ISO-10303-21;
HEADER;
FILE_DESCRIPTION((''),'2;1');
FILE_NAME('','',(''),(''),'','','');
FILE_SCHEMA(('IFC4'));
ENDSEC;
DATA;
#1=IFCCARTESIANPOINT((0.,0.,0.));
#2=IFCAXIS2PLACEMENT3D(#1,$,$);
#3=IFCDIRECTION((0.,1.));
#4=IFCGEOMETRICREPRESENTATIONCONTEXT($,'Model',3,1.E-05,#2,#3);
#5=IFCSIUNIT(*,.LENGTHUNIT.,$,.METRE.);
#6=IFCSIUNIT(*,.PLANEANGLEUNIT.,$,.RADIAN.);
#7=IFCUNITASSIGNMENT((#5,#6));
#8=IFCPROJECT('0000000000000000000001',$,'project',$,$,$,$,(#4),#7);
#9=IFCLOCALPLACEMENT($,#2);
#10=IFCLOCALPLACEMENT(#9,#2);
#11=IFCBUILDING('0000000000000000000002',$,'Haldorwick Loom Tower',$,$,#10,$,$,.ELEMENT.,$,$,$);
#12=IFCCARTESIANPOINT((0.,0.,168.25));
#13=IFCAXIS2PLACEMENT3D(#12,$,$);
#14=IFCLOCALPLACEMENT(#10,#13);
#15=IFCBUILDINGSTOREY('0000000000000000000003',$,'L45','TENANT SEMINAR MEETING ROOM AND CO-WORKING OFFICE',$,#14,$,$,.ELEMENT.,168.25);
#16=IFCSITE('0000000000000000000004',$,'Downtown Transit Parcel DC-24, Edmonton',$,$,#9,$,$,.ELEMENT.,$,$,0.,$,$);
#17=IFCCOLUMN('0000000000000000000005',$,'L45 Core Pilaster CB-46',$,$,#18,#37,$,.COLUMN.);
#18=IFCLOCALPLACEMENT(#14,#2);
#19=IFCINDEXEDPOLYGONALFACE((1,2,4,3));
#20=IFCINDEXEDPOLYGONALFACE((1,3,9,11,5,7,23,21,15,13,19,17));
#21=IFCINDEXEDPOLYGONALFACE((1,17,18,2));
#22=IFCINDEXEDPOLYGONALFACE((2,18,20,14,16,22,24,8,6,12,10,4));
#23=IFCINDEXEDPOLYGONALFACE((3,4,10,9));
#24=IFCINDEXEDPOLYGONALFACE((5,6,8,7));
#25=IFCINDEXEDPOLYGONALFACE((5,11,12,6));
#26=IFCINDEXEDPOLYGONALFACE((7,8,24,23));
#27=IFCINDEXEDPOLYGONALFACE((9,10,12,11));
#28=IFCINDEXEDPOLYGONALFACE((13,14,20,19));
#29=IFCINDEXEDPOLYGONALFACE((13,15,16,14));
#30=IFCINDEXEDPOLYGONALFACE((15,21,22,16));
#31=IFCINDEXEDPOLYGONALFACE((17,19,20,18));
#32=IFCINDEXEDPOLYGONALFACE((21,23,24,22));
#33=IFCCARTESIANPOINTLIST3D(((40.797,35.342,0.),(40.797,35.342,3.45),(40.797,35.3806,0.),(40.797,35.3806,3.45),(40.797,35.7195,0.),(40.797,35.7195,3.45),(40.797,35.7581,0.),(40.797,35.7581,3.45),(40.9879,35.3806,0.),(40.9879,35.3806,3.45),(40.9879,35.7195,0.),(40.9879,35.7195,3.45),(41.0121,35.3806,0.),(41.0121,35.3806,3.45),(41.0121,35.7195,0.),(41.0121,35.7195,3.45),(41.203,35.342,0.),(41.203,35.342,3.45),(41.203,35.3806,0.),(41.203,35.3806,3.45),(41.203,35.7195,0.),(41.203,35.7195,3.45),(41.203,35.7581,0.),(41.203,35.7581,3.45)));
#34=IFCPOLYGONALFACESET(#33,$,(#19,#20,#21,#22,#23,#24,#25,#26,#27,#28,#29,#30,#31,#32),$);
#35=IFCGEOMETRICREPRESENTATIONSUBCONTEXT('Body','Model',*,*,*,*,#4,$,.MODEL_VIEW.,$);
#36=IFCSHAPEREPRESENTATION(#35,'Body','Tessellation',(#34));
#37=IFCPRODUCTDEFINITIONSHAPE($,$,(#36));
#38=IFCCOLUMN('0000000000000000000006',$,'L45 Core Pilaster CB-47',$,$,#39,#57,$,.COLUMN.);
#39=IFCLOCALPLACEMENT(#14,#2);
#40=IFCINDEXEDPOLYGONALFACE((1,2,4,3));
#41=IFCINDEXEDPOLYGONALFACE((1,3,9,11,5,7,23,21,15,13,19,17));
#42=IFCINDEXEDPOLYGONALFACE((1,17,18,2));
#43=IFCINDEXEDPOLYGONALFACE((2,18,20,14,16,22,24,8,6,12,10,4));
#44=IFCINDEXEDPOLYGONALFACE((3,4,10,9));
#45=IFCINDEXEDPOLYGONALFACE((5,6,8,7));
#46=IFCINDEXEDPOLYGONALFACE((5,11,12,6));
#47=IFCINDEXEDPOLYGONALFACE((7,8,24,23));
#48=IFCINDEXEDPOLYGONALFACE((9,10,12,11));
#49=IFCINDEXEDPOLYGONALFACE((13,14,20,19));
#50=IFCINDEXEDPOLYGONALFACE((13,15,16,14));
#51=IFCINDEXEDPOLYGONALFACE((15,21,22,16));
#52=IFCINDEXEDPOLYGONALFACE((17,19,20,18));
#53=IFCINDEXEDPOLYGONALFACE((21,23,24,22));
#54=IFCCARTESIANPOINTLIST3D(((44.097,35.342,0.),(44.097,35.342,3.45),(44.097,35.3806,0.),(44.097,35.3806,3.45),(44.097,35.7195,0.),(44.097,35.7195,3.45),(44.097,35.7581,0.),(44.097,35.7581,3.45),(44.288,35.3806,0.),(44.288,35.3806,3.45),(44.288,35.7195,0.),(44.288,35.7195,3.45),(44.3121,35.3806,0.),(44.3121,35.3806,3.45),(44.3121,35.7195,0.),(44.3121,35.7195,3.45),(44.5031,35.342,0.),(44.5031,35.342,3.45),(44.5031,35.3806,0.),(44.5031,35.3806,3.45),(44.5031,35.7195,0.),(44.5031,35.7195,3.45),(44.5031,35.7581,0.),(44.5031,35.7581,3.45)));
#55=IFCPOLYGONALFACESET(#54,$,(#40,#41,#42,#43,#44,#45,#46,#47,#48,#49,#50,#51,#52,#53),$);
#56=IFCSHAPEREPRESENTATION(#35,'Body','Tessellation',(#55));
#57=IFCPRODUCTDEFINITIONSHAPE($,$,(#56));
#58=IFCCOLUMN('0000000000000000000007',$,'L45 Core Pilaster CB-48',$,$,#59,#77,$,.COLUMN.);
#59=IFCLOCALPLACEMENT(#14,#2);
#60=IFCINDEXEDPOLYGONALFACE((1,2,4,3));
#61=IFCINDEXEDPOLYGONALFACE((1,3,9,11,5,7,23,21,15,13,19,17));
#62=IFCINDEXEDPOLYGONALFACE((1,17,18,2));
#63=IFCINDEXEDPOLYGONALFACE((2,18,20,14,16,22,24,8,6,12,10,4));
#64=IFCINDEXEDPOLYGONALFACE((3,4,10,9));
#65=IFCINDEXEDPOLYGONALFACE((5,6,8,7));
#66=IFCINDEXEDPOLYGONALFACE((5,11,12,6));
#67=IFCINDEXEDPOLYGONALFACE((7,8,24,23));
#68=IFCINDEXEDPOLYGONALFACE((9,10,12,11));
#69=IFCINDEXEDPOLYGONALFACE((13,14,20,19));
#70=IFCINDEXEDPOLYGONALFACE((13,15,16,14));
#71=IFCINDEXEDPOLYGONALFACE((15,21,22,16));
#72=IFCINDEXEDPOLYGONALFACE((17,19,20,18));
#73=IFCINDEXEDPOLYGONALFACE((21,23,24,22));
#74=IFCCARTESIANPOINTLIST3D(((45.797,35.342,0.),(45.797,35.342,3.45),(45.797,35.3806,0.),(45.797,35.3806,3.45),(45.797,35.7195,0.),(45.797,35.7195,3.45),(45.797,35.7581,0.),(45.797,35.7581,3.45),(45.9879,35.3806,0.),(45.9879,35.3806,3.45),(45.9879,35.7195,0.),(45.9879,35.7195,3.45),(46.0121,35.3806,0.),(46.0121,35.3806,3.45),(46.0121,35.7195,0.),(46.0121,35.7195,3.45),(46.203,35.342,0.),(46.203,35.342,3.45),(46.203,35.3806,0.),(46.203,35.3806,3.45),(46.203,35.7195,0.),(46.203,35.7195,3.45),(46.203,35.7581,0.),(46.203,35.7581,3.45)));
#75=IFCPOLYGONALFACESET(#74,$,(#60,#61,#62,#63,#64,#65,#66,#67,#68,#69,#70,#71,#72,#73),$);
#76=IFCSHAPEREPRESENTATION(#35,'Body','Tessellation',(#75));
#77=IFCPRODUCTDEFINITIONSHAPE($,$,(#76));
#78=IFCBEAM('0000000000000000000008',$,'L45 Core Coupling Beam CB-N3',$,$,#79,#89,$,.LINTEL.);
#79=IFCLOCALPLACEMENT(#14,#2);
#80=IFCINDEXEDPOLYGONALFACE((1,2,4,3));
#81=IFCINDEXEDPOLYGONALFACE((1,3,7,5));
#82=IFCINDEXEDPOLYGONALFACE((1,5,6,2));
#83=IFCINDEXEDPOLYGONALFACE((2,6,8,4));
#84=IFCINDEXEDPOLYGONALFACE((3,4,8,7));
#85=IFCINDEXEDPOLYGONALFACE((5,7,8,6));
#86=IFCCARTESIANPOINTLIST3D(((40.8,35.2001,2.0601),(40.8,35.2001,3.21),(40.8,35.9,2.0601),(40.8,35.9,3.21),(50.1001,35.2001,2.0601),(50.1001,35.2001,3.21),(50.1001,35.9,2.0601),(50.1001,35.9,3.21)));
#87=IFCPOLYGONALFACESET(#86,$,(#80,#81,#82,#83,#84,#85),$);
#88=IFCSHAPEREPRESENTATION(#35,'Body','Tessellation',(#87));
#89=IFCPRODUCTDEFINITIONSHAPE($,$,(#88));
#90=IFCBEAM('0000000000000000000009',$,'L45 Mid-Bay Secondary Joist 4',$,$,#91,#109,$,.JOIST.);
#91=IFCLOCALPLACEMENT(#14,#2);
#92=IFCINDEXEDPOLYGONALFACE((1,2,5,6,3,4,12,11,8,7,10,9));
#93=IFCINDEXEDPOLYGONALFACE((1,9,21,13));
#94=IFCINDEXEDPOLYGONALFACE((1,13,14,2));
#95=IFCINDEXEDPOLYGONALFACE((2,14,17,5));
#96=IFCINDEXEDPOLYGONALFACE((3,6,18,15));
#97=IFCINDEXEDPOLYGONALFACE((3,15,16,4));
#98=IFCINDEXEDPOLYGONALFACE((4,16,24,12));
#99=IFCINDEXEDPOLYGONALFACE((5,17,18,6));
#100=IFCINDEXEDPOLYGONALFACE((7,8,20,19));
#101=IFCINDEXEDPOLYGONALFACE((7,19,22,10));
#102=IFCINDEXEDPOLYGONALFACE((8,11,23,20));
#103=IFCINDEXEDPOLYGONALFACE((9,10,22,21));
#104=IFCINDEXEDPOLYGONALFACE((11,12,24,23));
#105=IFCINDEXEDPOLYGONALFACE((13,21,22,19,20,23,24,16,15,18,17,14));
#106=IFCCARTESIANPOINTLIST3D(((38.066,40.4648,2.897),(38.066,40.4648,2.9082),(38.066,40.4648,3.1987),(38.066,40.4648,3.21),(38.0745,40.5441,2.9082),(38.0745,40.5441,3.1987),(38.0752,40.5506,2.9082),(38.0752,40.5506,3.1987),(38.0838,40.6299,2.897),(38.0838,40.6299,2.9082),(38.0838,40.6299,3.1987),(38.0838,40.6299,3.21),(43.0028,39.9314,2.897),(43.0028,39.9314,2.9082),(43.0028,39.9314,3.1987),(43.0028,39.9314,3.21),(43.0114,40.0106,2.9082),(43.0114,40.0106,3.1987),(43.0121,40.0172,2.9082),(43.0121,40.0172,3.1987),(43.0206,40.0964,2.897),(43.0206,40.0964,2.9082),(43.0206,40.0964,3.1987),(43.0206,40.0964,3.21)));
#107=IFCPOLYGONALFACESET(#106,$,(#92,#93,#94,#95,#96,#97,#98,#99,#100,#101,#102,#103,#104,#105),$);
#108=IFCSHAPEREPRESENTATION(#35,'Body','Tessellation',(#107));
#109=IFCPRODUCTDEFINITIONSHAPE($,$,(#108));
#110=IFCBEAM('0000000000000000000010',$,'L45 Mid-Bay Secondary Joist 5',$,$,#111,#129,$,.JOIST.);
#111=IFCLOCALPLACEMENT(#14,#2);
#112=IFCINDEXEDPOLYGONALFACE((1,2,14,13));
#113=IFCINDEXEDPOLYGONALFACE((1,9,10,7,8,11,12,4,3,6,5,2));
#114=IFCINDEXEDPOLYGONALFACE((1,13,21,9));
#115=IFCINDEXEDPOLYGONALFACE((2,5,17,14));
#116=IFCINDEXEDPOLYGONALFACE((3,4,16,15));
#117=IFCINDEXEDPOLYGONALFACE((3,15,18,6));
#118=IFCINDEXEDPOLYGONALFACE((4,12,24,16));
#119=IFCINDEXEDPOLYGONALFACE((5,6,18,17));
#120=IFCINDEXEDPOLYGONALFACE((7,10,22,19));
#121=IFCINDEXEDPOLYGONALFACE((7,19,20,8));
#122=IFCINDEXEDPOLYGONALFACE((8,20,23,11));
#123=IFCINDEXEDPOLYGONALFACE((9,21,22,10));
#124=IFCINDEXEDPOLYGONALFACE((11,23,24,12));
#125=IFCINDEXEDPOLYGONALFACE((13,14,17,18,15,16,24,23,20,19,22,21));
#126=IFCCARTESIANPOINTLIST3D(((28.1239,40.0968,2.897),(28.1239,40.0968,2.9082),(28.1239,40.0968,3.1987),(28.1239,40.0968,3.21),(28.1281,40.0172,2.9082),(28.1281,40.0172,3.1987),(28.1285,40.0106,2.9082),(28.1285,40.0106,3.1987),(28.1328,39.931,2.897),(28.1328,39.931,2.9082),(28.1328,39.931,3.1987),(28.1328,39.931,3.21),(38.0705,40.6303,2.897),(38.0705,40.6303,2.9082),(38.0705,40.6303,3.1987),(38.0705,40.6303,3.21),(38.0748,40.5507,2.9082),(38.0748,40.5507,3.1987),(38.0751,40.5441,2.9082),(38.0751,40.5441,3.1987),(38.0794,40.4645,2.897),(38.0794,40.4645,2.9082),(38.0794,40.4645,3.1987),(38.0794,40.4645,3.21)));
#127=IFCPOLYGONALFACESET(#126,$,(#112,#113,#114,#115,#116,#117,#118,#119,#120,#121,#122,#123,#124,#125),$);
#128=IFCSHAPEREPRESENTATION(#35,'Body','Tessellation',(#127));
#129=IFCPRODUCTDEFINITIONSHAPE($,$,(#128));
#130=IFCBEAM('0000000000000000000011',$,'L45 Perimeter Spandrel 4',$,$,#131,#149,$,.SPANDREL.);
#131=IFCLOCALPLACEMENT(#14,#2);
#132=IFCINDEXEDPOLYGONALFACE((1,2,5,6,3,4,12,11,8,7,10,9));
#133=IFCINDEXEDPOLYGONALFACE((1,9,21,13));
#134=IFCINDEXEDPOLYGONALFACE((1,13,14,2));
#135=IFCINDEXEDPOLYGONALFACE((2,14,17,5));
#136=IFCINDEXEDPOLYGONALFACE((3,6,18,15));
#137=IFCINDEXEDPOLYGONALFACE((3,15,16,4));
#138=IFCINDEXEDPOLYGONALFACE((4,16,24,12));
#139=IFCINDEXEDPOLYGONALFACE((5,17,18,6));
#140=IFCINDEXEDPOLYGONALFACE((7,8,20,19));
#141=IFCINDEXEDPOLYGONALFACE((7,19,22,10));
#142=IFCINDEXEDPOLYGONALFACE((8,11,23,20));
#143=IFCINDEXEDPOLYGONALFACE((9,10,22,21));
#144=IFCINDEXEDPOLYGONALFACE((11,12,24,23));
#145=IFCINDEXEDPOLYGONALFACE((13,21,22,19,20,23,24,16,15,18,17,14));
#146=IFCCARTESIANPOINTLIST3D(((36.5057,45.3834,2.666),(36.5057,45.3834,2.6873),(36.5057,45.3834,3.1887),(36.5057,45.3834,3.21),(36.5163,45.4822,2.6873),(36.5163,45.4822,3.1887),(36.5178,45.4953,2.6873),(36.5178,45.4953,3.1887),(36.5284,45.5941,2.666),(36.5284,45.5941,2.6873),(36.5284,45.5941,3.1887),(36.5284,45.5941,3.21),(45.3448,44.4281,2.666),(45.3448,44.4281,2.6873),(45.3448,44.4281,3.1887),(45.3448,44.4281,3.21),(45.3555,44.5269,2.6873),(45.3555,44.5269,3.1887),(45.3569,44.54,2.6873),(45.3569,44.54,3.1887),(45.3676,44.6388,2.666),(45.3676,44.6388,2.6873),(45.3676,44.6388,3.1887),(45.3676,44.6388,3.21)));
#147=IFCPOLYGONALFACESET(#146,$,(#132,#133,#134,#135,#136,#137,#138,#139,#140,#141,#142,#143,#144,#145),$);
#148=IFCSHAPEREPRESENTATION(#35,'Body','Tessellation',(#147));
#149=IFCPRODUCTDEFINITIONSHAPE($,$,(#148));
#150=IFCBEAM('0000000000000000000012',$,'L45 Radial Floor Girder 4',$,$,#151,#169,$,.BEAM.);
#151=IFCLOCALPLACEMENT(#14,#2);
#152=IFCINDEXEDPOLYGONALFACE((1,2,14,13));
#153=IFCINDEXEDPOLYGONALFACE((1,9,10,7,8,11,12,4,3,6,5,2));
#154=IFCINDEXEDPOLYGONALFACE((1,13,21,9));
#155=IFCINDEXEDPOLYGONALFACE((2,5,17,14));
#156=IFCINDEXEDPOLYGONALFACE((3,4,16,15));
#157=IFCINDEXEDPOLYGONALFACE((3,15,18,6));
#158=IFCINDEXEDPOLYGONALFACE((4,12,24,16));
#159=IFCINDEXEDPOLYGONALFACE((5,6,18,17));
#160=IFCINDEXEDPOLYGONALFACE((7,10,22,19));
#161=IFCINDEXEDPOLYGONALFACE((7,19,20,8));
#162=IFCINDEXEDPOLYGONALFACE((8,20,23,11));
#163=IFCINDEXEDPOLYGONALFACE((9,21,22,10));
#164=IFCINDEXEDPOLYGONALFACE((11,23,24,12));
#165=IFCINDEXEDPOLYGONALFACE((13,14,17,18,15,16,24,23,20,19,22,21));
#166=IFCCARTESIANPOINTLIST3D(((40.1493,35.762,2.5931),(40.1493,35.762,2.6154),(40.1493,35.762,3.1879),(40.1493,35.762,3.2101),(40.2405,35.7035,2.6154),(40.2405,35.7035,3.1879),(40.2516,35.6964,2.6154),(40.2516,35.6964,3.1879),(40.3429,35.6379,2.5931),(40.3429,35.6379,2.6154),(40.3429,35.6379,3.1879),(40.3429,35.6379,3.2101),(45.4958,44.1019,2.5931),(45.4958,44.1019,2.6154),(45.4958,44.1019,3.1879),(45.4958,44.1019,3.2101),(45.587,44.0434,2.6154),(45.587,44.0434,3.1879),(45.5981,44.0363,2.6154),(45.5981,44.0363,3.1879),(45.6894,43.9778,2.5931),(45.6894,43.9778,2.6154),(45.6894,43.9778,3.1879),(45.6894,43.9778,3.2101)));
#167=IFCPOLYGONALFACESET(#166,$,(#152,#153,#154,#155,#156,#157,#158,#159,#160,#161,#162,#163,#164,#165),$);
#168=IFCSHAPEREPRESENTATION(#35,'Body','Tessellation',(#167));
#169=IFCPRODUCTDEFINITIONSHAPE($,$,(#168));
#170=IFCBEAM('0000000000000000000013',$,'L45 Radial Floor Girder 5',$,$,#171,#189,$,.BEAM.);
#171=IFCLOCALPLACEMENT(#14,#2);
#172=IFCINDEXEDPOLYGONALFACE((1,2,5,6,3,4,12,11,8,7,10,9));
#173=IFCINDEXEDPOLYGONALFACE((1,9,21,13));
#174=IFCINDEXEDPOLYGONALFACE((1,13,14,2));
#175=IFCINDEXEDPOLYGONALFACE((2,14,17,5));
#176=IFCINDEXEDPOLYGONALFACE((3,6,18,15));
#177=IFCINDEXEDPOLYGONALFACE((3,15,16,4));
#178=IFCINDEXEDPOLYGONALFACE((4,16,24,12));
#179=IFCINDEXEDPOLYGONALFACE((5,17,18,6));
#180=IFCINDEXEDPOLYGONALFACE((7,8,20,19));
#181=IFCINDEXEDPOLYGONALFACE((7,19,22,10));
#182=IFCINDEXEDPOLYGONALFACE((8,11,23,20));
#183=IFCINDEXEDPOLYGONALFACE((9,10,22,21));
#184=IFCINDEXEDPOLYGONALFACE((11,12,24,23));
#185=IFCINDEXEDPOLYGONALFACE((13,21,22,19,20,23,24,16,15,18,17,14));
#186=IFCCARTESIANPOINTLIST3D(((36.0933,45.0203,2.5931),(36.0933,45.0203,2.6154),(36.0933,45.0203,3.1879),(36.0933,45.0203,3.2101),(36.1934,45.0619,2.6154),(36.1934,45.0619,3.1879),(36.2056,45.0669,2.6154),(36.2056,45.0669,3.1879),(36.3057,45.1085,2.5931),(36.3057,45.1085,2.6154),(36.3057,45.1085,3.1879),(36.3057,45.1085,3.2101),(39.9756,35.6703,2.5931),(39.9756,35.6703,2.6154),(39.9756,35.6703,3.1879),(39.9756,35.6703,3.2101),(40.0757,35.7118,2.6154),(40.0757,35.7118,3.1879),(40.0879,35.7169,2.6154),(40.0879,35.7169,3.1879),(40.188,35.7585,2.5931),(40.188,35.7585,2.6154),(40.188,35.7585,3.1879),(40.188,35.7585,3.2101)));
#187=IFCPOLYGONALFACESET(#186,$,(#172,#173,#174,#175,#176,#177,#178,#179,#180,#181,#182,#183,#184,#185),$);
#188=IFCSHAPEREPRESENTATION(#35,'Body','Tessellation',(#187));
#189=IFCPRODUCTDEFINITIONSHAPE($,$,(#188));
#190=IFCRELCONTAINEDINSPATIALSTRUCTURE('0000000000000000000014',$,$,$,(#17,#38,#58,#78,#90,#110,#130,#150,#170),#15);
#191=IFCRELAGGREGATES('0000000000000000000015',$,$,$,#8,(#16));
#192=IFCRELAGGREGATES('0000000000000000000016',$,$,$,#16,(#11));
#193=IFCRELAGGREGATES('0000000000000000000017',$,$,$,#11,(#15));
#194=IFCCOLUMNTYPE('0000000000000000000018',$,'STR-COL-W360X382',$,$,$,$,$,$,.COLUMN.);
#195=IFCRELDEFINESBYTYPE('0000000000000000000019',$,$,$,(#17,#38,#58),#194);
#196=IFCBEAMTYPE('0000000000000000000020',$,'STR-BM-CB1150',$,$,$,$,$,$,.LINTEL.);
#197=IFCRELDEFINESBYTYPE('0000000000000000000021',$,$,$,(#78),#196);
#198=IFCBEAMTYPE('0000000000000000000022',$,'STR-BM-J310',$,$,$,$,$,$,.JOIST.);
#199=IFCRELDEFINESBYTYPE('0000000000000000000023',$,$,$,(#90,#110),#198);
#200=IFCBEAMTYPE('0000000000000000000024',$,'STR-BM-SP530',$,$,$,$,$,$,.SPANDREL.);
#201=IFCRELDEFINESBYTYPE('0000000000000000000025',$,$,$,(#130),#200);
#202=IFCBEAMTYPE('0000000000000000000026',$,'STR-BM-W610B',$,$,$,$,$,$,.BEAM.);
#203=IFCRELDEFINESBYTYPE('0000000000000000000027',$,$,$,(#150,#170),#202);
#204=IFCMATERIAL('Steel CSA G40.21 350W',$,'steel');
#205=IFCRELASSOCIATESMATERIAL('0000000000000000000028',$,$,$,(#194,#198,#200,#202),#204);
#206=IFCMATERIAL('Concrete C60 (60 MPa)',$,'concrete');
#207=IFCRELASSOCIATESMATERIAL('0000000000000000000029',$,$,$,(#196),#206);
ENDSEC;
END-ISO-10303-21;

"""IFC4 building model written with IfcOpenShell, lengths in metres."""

from ifc_helpers import new_model, si_unit, direction, frame, origin, origin_2d, place, context, subcontext, project, spatial, rectangle, i_section, extrude, material, material_profile, profile_set, type_object, element, save


model = new_model("IFC4")

# Units and contexts
model_context = context("Model", 3, precision=1e-05, world=origin(), true_north=direction((0.0, 1.0)))
body_context = subcontext(model_context, "Body", "Model", "MODEL_VIEW")
ifc_project = project(units=[si_unit("LENGTHUNIT", "METRE"), si_unit("PLANEANGLEUNIT", "RADIAN")], contexts=[model_context])

# Site, building, storey
site_placement = place(None, origin())
site = spatial("IfcSite", under=ifc_project, at=site_placement, Name="Downtown Transit Parcel DC-24, Edmonton", CompositionType="ELEMENT", RefElevation=0.0)
building_placement = place(site_placement, origin())
building = spatial("IfcBuilding", under=site, at=building_placement, Name="Haldorwick Loom Tower", CompositionType="ELEMENT")
storey_placement = place(building_placement, frame((0.0, 0.0, 168.25)))
storey = spatial("IfcBuildingStorey", under=building, at=storey_placement, Name="L45", Description="TENANT SEMINAR MEETING ROOM AND CO-WORKING OFFICE", CompositionType="ELEMENT", Elevation=168.25)

# Columns
ifc_material_1 = material(Name="Concrete C60 (60 MPa)", Category="concrete")
ifc_material_2 = material(Name="Steel CSA G40.21 350W", Category="steel")
ifc_material_profile_1 = material_profile(ifc_material_2, i_section(OverallWidth=0.406, OverallDepth=0.416, WebThickness=0.0242, FlangeThickness=0.0386, at=origin_2d()), Name="W360X382", Category="steel")
ifc_profile_set_1 = profile_set([ifc_material_profile_1], Name="Steel CSA G40.21 350W")
column_type_1 = type_object("IfcColumnType", Name="STR-COL-W360X382", PredefinedType="COLUMN", material=ifc_profile_set_1)
for number, where, z_axis, x_axis, name in (
    (1, (41.0, 35.55, 0.0), (0.0, 0.0, 1.0), (1.0, 0.0, 0.0), "L45 Core Pilaster CB-46"),
    (2, (44.3, 35.55, 0.0), (0.0, 0.0, 1.0), (1.0, 0.0, 0.0), "L45 Core Pilaster CB-47"),
    (3, (46.0, 35.55, 0.0), (0.0, 0.0, 1.0), (1.0, 0.0, 0.0), "L45 Core Pilaster CB-48"),
):
    element("IfcColumn", number, at=place(storey_placement, frame(where, z_axis=z_axis, x_axis=x_axis)), inside=storey, type_object=column_type_1, Name=name, PredefinedType="COLUMN", context=body_context, shape_type="SweptSolid", body=[
        extrude(i_section(OverallWidth=0.406, OverallDepth=0.416, WebThickness=0.0242, FlangeThickness=0.0386, at=origin_2d()), origin(), (0.0, 0.0, 1.0), 3.45),
    ])

# Beams
ifc_material_profile_2 = material_profile(ifc_material_1, rectangle(XDim=0.7, YDim=1.1499, at=origin_2d()), Name="RC700X1150", Category="concrete")
ifc_profile_set_2 = profile_set([ifc_material_profile_2], Name="Concrete C60 (60 MPa)")
beam_type_1 = type_object("IfcBeamType", Name="STR-BM-CB1150", PredefinedType="LINTEL", material=ifc_profile_set_2)
beam_1_placement = place(storey_placement, frame((40.8, 35.55, 2.635), z_axis=(1.0, 0.0, 0.0), x_axis=(0.0, 1.0, 0.0)))
element("IfcBeam", 4, at=beam_1_placement, inside=storey, type_object=beam_type_1, Name="L45 Core Coupling Beam CB-N3", PredefinedType="LINTEL", context=body_context, shape_type="SweptSolid", body=[
    extrude(rectangle(XDim=0.7, YDim=1.1499, at=origin_2d()), origin(), (0.0, 0.0, 1.0), 9.3),
])
ifc_material_profile_3 = material_profile(ifc_material_2, i_section(OverallWidth=0.166, OverallDepth=0.313, WebThickness=0.0066, FlangeThickness=0.0112, at=origin_2d()), Name="W310X45", Category="steel")
ifc_profile_set_3 = profile_set([ifc_material_profile_3], Name="Steel CSA G40.21 350W")
beam_type_2 = type_object("IfcBeamType", Name="STR-BM-J310", PredefinedType="JOIST", material=ifc_profile_set_3)
beam_2_placement = place(storey_placement, frame((43.0117, 40.0139, 3.0535), z_axis=(-0.994213, 0.107431, 0.0), x_axis=(-0.107431, -0.994213, 0.0)))
element("IfcBeam", 5, at=beam_2_placement, inside=storey, type_object=beam_type_2, Name="L45 Mid-Bay Secondary Joist 4", PredefinedType="JOIST", context=body_context, shape_type="SweptSolid", body=[
    extrude(i_section(OverallWidth=0.166, OverallDepth=0.313, WebThickness=0.0066, FlangeThickness=0.0112, at=origin_2d()), origin(), (0.0, 0.0, 1.0), 4.9656),
])
beam_3_placement = place(storey_placement, frame((38.075, 40.5474, 3.0535), z_axis=(-0.998565, -0.053555, 0.0), x_axis=(0.053555, -0.998565, 0.0)))
element("IfcBeam", 6, at=beam_3_placement, inside=storey, type_object=beam_type_2, Name="L45 Mid-Bay Secondary Joist 5", PredefinedType="JOIST", context=body_context, shape_type="SweptSolid", body=[
    extrude(i_section(OverallWidth=0.166, OverallDepth=0.313, WebThickness=0.0066, FlangeThickness=0.0112, at=origin_2d()), origin(), (0.0, 0.0, 1.0), 9.9609),
])
ifc_material_profile_4 = material_profile(ifc_material_2, i_section(OverallWidth=0.2119, OverallDepth=0.5439, WebThickness=0.0132, FlangeThickness=0.0212, at=origin_2d()), Name="W530X123", Category="steel")
ifc_profile_set_4 = profile_set([ifc_material_profile_4], Name="Steel CSA G40.21 350W")
beam_type_3 = type_object("IfcBeamType", Name="STR-BM-SP530", PredefinedType="SPANDREL", material=ifc_profile_set_4)
beam_4_placement = place(storey_placement, frame((45.3562, 44.5334, 2.938), z_axis=(-0.99421, 0.107453, 0.0), x_axis=(-0.107453, -0.99421, 0.0)))
element("IfcBeam", 7, at=beam_4_placement, inside=storey, type_object=beam_type_3, Name="L45 Perimeter Spandrel 4", PredefinedType="SPANDREL", context=body_context, shape_type="SweptSolid", body=[
    extrude(i_section(OverallWidth=0.2119, OverallDepth=0.5439, WebThickness=0.0132, FlangeThickness=0.0212, at=origin_2d()), origin(), (0.0, 0.0, 1.0), 8.8906),
])
ifc_material_profile_5 = material_profile(ifc_material_2, i_section(OverallWidth=0.23, OverallDepth=0.6169, WebThickness=0.0132, FlangeThickness=0.0222, at=origin_2d()), Name="W610X140", Category="steel")
ifc_profile_set_5 = profile_set([ifc_material_profile_5], Name="Steel CSA G40.21 350W")
beam_type_4 = type_object("IfcBeamType", Name="STR-BM-W610B", PredefinedType="BEAM", material=ifc_profile_set_5)
beam_5_placement = place(storey_placement, frame((40.2461, 35.7, 2.9016), z_axis=(0.539693, 0.841862, 0.0), x_axis=(-0.841862, 0.539693, 0.0)))
element("IfcBeam", 8, at=beam_5_placement, inside=storey, type_object=beam_type_4, Name="L45 Radial Floor Girder 4", PredefinedType="BEAM", context=body_context, shape_type="SweptSolid", body=[
    extrude(i_section(OverallWidth=0.23, OverallDepth=0.6169, WebThickness=0.0132, FlangeThickness=0.0222, at=origin_2d()), origin(), (0.0, 0.0, 1.0), 9.9065),
])
beam_6_placement = place(storey_placement, frame((40.0818, 35.7144, 2.9016), z_axis=(-0.383475, 0.923551, 0.0), x_axis=(-0.923551, -0.383475, 0.0)))
element("IfcBeam", 9, at=beam_6_placement, inside=storey, type_object=beam_type_4, Name="L45 Radial Floor Girder 5", PredefinedType="BEAM", context=body_context, shape_type="SweptSolid", body=[
    extrude(i_section(OverallWidth=0.23, OverallDepth=0.6169, WebThickness=0.0132, FlangeThickness=0.0222, at=origin_2d()), origin(), (0.0, 0.0, 1.0), 10.124),
])

save(model, "model.ifc")
